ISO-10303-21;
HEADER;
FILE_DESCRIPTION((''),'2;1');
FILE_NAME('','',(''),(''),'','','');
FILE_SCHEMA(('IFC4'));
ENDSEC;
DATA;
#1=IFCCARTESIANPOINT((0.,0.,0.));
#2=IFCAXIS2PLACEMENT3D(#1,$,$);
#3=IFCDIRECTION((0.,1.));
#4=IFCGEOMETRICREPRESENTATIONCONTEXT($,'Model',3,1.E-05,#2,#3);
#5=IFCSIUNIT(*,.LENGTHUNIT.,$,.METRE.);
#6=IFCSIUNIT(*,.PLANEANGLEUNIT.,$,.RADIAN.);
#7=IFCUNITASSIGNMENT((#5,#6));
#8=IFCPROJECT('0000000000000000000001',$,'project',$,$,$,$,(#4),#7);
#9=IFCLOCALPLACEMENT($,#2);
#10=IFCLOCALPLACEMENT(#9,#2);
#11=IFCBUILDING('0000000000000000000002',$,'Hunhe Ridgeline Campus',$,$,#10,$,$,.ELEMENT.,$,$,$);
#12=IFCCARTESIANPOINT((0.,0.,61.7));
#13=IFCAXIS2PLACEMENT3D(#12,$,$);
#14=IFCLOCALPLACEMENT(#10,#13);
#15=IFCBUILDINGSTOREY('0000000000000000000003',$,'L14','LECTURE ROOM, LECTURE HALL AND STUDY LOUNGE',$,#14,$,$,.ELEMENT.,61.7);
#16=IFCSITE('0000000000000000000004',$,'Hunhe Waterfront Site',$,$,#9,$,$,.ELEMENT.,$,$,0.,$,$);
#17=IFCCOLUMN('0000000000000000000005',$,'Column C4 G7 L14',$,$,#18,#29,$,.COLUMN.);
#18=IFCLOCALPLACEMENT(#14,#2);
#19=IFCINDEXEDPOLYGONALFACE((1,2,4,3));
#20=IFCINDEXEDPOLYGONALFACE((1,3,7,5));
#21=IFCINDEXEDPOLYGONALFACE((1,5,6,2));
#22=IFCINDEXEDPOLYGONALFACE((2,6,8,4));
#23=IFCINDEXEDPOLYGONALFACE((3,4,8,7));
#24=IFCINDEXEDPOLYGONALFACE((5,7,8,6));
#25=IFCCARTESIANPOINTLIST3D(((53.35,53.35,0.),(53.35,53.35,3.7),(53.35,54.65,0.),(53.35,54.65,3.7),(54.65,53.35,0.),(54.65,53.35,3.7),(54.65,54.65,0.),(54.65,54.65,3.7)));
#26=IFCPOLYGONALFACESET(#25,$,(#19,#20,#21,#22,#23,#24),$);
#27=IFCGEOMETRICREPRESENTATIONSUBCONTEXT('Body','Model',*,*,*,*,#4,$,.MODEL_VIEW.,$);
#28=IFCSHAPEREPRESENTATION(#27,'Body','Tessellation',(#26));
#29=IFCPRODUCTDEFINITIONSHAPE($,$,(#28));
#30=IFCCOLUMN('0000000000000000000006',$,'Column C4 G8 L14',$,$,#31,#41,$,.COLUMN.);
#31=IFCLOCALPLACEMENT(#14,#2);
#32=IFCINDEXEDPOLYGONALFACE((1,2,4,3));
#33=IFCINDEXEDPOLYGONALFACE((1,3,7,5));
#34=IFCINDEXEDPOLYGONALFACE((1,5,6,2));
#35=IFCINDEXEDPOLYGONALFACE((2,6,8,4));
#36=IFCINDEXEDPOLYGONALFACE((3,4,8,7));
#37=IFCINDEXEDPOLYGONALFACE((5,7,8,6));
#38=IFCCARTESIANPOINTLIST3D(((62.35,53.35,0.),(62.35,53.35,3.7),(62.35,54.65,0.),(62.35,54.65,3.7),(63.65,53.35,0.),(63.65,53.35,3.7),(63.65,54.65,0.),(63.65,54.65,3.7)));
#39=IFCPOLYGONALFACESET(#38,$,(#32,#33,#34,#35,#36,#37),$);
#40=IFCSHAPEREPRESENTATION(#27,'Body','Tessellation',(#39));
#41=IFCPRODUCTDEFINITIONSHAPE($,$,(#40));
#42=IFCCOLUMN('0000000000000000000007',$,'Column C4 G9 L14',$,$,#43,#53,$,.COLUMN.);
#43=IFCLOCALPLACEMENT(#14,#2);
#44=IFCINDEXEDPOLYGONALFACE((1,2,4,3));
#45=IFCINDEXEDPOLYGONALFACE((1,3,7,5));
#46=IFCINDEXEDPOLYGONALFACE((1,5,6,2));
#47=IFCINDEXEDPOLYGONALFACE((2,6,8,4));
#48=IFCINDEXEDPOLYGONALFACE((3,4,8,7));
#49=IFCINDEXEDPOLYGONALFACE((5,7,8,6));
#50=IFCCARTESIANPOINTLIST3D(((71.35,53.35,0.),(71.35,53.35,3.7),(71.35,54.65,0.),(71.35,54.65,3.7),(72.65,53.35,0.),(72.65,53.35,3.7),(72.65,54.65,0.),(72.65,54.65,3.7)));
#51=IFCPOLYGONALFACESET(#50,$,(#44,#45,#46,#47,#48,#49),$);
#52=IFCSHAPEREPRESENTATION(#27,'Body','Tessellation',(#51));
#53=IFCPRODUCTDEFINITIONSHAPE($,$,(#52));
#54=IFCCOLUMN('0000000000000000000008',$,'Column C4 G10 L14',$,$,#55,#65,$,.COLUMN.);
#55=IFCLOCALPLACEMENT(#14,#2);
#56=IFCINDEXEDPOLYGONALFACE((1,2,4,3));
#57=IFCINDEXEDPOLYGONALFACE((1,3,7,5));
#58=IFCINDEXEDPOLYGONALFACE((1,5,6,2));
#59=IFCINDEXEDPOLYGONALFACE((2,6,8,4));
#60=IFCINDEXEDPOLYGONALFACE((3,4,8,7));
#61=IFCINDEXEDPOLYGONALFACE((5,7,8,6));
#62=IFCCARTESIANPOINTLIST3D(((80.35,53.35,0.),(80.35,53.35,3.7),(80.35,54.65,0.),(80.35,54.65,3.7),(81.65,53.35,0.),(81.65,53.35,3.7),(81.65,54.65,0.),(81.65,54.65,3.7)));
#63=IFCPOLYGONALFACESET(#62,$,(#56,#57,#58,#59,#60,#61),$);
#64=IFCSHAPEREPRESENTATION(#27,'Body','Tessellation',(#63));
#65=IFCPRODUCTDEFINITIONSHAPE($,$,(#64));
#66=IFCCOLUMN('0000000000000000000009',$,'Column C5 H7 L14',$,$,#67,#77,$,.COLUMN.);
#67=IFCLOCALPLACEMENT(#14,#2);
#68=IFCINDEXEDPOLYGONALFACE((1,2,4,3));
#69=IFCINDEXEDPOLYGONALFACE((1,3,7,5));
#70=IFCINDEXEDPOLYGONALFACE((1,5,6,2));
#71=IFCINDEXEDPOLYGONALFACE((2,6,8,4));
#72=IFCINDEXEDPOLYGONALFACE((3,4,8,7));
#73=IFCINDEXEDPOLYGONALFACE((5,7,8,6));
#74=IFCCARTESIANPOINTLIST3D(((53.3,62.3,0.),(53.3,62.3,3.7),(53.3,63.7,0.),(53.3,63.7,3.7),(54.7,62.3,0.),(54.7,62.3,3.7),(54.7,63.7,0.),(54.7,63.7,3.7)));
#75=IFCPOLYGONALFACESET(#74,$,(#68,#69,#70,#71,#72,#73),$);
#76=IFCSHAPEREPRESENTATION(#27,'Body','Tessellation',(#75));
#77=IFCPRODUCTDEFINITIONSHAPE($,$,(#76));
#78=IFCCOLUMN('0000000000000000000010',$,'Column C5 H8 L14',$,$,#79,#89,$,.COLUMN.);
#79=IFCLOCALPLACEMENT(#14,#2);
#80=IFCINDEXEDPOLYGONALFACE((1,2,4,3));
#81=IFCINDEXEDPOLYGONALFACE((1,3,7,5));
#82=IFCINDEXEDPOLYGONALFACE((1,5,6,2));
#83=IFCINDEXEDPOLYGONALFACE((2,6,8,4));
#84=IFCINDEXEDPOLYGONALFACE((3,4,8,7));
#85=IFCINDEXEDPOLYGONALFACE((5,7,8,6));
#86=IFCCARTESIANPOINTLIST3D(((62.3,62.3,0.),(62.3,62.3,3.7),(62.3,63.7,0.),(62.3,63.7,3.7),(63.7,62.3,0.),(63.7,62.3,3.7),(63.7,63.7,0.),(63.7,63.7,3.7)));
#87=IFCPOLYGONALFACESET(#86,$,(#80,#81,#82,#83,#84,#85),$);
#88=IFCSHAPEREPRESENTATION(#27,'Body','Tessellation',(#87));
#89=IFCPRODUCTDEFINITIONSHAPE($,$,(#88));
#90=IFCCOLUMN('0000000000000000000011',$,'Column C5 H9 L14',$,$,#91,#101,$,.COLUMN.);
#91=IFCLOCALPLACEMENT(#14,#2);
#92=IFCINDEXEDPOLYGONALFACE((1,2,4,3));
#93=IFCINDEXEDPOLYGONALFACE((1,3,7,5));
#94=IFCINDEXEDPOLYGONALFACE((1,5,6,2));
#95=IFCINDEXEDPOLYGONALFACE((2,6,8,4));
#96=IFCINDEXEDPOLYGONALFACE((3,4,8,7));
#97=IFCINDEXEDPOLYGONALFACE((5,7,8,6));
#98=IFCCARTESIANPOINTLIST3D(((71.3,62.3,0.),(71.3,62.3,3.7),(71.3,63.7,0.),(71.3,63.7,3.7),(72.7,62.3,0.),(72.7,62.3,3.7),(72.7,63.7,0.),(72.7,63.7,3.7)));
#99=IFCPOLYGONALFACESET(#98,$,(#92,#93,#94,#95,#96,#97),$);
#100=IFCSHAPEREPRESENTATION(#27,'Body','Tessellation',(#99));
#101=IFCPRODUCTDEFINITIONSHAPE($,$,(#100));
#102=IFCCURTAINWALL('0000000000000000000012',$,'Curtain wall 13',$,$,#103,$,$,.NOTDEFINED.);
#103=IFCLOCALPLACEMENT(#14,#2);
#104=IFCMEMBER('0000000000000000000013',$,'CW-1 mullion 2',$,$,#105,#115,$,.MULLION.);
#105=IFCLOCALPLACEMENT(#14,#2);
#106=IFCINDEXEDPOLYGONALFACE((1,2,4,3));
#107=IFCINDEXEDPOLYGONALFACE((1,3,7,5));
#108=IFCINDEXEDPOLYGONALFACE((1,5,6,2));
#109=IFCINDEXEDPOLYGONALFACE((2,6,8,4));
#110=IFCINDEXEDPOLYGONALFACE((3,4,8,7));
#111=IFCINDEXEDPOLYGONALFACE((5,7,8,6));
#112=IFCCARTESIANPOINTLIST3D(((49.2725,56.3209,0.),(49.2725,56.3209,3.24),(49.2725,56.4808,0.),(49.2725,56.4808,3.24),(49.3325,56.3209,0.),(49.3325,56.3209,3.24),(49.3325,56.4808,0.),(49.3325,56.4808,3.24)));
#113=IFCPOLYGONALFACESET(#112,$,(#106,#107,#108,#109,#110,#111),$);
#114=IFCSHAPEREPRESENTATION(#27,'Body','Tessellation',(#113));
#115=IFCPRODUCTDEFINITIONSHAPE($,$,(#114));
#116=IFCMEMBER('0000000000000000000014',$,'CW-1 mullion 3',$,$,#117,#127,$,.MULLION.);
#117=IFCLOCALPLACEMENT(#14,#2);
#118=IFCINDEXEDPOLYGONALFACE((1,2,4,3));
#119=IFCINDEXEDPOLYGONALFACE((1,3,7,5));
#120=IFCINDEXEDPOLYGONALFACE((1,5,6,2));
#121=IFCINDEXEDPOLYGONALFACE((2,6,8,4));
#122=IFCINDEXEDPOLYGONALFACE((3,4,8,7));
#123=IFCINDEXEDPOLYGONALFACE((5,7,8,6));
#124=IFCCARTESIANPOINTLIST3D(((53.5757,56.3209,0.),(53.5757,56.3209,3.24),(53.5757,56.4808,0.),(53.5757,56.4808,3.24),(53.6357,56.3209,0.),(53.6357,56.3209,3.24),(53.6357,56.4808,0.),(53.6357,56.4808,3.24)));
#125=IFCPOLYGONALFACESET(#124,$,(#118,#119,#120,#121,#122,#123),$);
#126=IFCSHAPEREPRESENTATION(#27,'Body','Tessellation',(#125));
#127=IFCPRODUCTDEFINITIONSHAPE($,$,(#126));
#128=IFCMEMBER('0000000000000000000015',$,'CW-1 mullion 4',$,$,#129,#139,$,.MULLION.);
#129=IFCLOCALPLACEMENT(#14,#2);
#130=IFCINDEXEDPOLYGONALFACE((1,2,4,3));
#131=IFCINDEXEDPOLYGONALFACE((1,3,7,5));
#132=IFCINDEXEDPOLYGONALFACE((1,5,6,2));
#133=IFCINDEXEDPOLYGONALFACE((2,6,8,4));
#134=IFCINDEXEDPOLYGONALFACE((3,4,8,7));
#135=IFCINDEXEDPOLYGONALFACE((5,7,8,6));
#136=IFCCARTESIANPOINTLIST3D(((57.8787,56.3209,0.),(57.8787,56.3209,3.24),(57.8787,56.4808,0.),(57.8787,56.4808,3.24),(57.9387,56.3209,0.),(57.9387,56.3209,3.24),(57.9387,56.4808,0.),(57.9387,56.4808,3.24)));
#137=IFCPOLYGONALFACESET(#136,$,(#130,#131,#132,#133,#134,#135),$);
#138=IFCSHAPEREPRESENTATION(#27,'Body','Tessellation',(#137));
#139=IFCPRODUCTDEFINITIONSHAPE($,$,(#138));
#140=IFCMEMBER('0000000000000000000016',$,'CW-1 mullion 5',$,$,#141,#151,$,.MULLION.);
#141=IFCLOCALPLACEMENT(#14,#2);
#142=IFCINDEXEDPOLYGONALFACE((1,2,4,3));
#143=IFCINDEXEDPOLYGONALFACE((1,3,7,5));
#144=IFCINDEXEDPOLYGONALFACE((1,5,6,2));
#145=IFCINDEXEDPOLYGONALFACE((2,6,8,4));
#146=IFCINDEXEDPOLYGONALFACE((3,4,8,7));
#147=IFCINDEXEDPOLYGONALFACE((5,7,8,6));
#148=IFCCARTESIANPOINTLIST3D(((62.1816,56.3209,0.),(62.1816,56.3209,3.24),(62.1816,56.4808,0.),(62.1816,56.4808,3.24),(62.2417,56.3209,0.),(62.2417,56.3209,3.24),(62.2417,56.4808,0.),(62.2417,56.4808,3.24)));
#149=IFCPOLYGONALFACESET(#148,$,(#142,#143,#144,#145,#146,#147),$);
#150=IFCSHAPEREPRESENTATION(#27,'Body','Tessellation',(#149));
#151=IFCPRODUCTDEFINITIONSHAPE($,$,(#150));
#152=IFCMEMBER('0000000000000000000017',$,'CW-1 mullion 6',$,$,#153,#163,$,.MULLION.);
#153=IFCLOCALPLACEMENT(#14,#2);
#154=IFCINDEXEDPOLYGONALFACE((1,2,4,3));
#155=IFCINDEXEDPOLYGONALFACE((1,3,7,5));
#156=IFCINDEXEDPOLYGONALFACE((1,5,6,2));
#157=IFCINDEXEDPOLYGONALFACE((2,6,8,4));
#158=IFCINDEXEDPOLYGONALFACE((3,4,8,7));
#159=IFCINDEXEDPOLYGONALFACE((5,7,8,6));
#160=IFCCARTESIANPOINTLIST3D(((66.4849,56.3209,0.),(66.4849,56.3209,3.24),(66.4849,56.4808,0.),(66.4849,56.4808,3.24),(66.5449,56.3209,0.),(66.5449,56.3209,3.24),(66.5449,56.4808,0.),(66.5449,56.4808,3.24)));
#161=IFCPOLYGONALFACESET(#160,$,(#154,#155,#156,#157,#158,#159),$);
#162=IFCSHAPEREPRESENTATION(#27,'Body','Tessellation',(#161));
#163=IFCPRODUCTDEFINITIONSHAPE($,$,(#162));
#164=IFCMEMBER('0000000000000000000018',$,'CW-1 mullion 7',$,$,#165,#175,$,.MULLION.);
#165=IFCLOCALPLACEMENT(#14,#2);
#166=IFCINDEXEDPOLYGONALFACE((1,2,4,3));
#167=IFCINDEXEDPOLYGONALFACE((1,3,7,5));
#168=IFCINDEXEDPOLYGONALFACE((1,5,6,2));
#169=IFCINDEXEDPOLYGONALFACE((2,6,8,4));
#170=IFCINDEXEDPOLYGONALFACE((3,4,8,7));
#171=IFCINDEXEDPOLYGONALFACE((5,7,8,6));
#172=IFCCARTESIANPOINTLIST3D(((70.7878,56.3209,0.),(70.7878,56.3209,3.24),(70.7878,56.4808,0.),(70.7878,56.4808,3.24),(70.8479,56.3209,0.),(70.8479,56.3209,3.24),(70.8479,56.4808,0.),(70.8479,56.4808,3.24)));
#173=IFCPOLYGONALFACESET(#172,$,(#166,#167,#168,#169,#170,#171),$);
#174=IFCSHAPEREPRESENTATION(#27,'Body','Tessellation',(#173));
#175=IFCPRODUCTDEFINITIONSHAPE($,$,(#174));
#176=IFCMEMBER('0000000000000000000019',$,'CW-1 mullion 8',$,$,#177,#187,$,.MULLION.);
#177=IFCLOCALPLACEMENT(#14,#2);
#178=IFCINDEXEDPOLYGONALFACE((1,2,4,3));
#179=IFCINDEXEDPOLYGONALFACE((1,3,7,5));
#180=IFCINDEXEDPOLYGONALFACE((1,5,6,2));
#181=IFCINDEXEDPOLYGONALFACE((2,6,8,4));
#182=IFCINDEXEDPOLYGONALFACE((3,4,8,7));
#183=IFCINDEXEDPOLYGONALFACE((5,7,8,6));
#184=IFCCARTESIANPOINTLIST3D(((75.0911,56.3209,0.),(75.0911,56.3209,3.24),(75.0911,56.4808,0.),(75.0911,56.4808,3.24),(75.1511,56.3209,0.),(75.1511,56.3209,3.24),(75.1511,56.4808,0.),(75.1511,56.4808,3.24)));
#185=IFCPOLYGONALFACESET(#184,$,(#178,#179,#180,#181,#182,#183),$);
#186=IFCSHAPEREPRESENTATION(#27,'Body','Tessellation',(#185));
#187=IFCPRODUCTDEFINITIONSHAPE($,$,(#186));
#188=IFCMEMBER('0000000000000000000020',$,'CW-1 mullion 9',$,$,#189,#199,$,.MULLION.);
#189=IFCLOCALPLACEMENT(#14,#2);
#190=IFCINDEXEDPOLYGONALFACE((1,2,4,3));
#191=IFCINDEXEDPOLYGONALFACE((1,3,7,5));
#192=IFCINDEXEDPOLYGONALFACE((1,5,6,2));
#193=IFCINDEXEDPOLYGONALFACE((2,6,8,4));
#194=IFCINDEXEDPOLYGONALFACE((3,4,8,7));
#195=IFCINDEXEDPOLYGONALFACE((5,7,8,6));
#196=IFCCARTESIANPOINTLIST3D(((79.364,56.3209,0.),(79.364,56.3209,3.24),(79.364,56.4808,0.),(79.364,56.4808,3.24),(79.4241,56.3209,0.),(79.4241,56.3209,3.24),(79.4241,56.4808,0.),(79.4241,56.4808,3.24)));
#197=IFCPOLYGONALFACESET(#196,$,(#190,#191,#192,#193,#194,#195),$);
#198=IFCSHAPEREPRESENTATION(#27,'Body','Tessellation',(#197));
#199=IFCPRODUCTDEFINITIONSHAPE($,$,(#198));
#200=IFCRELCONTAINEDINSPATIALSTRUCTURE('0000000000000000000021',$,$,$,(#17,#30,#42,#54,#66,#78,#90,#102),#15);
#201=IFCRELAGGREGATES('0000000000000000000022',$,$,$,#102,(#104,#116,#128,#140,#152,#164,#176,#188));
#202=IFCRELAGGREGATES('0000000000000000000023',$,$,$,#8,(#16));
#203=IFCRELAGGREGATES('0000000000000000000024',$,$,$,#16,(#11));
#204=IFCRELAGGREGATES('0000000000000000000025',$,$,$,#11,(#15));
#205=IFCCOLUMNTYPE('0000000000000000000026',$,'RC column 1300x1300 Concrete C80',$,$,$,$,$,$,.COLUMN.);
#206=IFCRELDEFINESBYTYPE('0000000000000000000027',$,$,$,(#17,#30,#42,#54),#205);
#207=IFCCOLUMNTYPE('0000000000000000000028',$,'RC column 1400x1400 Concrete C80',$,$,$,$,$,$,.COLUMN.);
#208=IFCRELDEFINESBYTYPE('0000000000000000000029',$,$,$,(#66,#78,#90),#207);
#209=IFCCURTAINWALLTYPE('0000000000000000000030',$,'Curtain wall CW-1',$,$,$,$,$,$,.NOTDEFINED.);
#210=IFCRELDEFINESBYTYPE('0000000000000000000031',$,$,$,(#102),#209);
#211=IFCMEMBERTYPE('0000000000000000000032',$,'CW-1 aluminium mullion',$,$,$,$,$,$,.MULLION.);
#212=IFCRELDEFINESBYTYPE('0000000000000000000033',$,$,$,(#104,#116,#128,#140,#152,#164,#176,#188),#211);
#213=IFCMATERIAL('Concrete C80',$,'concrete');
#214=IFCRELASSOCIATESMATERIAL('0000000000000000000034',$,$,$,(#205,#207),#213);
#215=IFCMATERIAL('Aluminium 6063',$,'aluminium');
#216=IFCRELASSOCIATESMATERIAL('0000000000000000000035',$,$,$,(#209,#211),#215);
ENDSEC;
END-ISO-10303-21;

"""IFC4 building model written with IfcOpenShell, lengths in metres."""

from ifc_helpers import new_model, si_unit, direction, frame, origin, origin_2d, place, context, subcontext, project, spatial, rectangle, extrude, material, material_profile, profile_set, type_object, element, aggregate, save


model = new_model("IFC4")

# Units and contexts
model_context = context("Model", 3, precision=1e-05, world=origin(), true_north=direction((0.0, 1.0)))
body_context = subcontext(model_context, "Body", "Model", "MODEL_VIEW")
ifc_project = project(units=[si_unit("LENGTHUNIT", "METRE"), si_unit("PLANEANGLEUNIT", "RADIAN")], contexts=[model_context])

# Site, building, storey
site_placement = place(None, origin())
site = spatial("IfcSite", under=ifc_project, at=site_placement, Name="Hunhe Waterfront Site", CompositionType="ELEMENT", RefElevation=0.0)
building_placement = place(site_placement, origin())
building = spatial("IfcBuilding", under=site, at=building_placement, Name="Hunhe Ridgeline Campus", CompositionType="ELEMENT")
storey_placement = place(building_placement, frame((0.0, 0.0, 61.7)))
storey = spatial("IfcBuildingStorey", under=building, at=storey_placement, Name="L14", Description="LECTURE ROOM, LECTURE HALL AND STUDY LOUNGE", CompositionType="ELEMENT", Elevation=61.7)

# Columns
ifc_material_1 = material(Name="Concrete C80", Category="concrete")
ifc_material_profile_1 = material_profile(ifc_material_1, rectangle(XDim=1.3, YDim=1.3, at=origin_2d()))
ifc_profile_set_1 = profile_set([ifc_material_profile_1], Name="Concrete C80")
column_type_1 = type_object("IfcColumnType", Name="RC column 1300x1300 Concrete C80", PredefinedType="COLUMN", material=ifc_profile_set_1)
for number, where, z_axis, x_axis, name in (
    (1, (54.0, 54.0, 0.0), (0.0, 0.0, 1.0), (1.0, 0.0, 0.0), "Column C4 G7 L14"),
    (2, (63.0, 54.0, 0.0), (0.0, 0.0, 1.0), (1.0, 0.0, 0.0), "Column C4 G8 L14"),
    (3, (72.0, 54.0, 0.0), (0.0, 0.0, 1.0), (1.0, 0.0, 0.0), "Column C4 G9 L14"),
    (4, (81.0, 54.0, 0.0), (0.0, 0.0, 1.0), (1.0, 0.0, 0.0), "Column C4 G10 L14"),
):
    element("IfcColumn", number, at=place(storey_placement, frame(where, z_axis=z_axis, x_axis=x_axis)), inside=storey, type_object=column_type_1, Name=name, PredefinedType="COLUMN", context=body_context, shape_type="SweptSolid", body=[
        extrude(rectangle(XDim=1.3, YDim=1.3, at=origin_2d()), origin(), (0.0, 0.0, 1.0), 3.7),
    ])
ifc_material_profile_2 = material_profile(ifc_material_1, rectangle(XDim=1.3999, YDim=1.3999, at=origin_2d()))
ifc_profile_set_2 = profile_set([ifc_material_profile_2], Name="Concrete C80")
column_type_2 = type_object("IfcColumnType", Name="RC column 1400x1400 Concrete C80", PredefinedType="COLUMN", material=ifc_profile_set_2)
for number, where, z_axis, x_axis, name in (
    (5, (54.0, 63.0, 0.0), (0.0, 0.0, 1.0), (1.0, 0.0, 0.0), "Column C5 H7 L14"),
    (6, (63.0, 63.0, 0.0), (0.0, 0.0, 1.0), (1.0, 0.0, 0.0), "Column C5 H8 L14"),
    (7, (72.0, 63.0, 0.0), (0.0, 0.0, 1.0), (1.0, 0.0, 0.0), "Column C5 H9 L14"),
):
    element("IfcColumn", number, at=place(storey_placement, frame(where, z_axis=z_axis, x_axis=x_axis)), inside=storey, type_object=column_type_2, Name=name, PredefinedType="COLUMN", context=body_context, shape_type="SweptSolid", body=[
        extrude(rectangle(XDim=1.3999, YDim=1.3999, at=origin_2d()), origin(), (0.0, 0.0, 1.0), 3.7),
    ])

# Curtain wall, members
ifc_material_2 = material(Name="Aluminium 6063", Category="aluminium")
curtain_wall_type = type_object("IfcCurtainWallType", Name="Curtain wall CW-1", PredefinedType="NOTDEFINED", material=ifc_material_2)
curtain_wall_placement = place(storey_placement, origin())
curtain_wall = element("IfcCurtainWall", 8, at=curtain_wall_placement, inside=storey, type_object=curtain_wall_type, Name="Curtain wall 13", PredefinedType="NOTDEFINED")
ifc_material_profile_3 = material_profile(ifc_material_2, rectangle(XDim=0.1599, YDim=0.0601, at=origin_2d()))
ifc_profile_set_3 = profile_set([ifc_material_profile_3], Name="Aluminium 6063")
member_type = type_object("IfcMemberType", Name="CW-1 aluminium mullion", PredefinedType="MULLION", material=ifc_profile_set_3)
member_1_placement = place(storey_placement, frame((49.3025, 56.4009, 0.0), z_axis=(0.0, 0.0, 1.0), x_axis=(-0.000004, 1.0, 0.0)))
member_1 = element("IfcMember", 9, at=member_1_placement, type_object=member_type, Name="CW-1 mullion 2", PredefinedType="MULLION", context=body_context, shape_type="SweptSolid", body=[
    extrude(rectangle(XDim=0.1599, YDim=0.0601, at=origin_2d()), origin(), (0.0, 0.0, 1.0), 3.24),
])
member_2_placement = place(storey_placement, frame((53.6057, 56.4009, 0.0), z_axis=(0.0, 0.0, 1.0), x_axis=(-0.000004, 1.0, 0.0)))
member_2 = element("IfcMember", 10, at=member_2_placement, type_object=member_type, Name="CW-1 mullion 3", PredefinedType="MULLION", context=body_context, shape_type="SweptSolid", body=[
    extrude(rectangle(XDim=0.1599, YDim=0.0601, at=origin_2d()), origin(), (0.0, 0.0, 1.0), 3.24),
])
member_3_placement = place(storey_placement, frame((57.9087, 56.4009, 0.0), z_axis=(0.0, 0.0, 1.0), x_axis=(-0.000004, 1.0, 0.0)))
member_3 = element("IfcMember", 11, at=member_3_placement, type_object=member_type, Name="CW-1 mullion 4", PredefinedType="MULLION", context=body_context, shape_type="SweptSolid", body=[
    extrude(rectangle(XDim=0.1599, YDim=0.0601, at=origin_2d()), origin(), (0.0, 0.0, 1.0), 3.24),
])
member_4_placement = place(storey_placement, frame((62.2117, 56.4009, 0.0), z_axis=(0.0, 0.0, 1.0), x_axis=(-0.000004, 1.0, 0.0)))
member_4 = element("IfcMember", 12, at=member_4_placement, type_object=member_type, Name="CW-1 mullion 5", PredefinedType="MULLION", context=body_context, shape_type="SweptSolid", body=[
    extrude(rectangle(XDim=0.1599, YDim=0.0601, at=origin_2d()), origin(), (0.0, 0.0, 1.0), 3.24),
])
member_5_placement = place(storey_placement, frame((66.5149, 56.4009, 0.0), z_axis=(0.0, 0.0, 1.0), x_axis=(-0.000004, 1.0, 0.0)))
member_5 = element("IfcMember", 13, at=member_5_placement, type_object=member_type, Name="CW-1 mullion 6", PredefinedType="MULLION", context=body_context, shape_type="SweptSolid", body=[
    extrude(rectangle(XDim=0.1599, YDim=0.0601, at=origin_2d()), origin(), (0.0, 0.0, 1.0), 3.24),
])
member_6_placement = place(storey_placement, frame((70.8179, 56.4009, 0.0), z_axis=(0.0, 0.0, 1.0), x_axis=(-0.000004, 1.0, 0.0)))
member_6 = element("IfcMember", 14, at=member_6_placement, type_object=member_type, Name="CW-1 mullion 7", PredefinedType="MULLION", context=body_context, shape_type="SweptSolid", body=[
    extrude(rectangle(XDim=0.1599, YDim=0.0601, at=origin_2d()), origin(), (0.0, 0.0, 1.0), 3.24),
])
member_7_placement = place(storey_placement, frame((75.1211, 56.4009, 0.0), z_axis=(0.0, 0.0, 1.0), x_axis=(-0.000004, 1.0, 0.0)))
member_7 = element("IfcMember", 15, at=member_7_placement, type_object=member_type, Name="CW-1 mullion 8", PredefinedType="MULLION", context=body_context, shape_type="SweptSolid", body=[
    extrude(rectangle(XDim=0.1599, YDim=0.0601, at=origin_2d()), origin(), (0.0, 0.0, 1.0), 3.24),
])
member_8_placement = place(storey_placement, frame((79.394, 56.4009, 0.0), z_axis=(0.0, 0.0, 1.0), x_axis=(-0.000004, 1.0, 0.0)))
member_8 = element("IfcMember", 16, at=member_8_placement, type_object=member_type, Name="CW-1 mullion 9", PredefinedType="MULLION", context=body_context, shape_type="SweptSolid", body=[
    extrude(rectangle(XDim=0.1599, YDim=0.0601, at=origin_2d()), origin(), (0.0, 0.0, 1.0), 3.24),
])

aggregate(curtain_wall, [member_1, member_2, member_3, member_4, member_5, member_6, member_7, member_8])

save(model, "model.ifc")
